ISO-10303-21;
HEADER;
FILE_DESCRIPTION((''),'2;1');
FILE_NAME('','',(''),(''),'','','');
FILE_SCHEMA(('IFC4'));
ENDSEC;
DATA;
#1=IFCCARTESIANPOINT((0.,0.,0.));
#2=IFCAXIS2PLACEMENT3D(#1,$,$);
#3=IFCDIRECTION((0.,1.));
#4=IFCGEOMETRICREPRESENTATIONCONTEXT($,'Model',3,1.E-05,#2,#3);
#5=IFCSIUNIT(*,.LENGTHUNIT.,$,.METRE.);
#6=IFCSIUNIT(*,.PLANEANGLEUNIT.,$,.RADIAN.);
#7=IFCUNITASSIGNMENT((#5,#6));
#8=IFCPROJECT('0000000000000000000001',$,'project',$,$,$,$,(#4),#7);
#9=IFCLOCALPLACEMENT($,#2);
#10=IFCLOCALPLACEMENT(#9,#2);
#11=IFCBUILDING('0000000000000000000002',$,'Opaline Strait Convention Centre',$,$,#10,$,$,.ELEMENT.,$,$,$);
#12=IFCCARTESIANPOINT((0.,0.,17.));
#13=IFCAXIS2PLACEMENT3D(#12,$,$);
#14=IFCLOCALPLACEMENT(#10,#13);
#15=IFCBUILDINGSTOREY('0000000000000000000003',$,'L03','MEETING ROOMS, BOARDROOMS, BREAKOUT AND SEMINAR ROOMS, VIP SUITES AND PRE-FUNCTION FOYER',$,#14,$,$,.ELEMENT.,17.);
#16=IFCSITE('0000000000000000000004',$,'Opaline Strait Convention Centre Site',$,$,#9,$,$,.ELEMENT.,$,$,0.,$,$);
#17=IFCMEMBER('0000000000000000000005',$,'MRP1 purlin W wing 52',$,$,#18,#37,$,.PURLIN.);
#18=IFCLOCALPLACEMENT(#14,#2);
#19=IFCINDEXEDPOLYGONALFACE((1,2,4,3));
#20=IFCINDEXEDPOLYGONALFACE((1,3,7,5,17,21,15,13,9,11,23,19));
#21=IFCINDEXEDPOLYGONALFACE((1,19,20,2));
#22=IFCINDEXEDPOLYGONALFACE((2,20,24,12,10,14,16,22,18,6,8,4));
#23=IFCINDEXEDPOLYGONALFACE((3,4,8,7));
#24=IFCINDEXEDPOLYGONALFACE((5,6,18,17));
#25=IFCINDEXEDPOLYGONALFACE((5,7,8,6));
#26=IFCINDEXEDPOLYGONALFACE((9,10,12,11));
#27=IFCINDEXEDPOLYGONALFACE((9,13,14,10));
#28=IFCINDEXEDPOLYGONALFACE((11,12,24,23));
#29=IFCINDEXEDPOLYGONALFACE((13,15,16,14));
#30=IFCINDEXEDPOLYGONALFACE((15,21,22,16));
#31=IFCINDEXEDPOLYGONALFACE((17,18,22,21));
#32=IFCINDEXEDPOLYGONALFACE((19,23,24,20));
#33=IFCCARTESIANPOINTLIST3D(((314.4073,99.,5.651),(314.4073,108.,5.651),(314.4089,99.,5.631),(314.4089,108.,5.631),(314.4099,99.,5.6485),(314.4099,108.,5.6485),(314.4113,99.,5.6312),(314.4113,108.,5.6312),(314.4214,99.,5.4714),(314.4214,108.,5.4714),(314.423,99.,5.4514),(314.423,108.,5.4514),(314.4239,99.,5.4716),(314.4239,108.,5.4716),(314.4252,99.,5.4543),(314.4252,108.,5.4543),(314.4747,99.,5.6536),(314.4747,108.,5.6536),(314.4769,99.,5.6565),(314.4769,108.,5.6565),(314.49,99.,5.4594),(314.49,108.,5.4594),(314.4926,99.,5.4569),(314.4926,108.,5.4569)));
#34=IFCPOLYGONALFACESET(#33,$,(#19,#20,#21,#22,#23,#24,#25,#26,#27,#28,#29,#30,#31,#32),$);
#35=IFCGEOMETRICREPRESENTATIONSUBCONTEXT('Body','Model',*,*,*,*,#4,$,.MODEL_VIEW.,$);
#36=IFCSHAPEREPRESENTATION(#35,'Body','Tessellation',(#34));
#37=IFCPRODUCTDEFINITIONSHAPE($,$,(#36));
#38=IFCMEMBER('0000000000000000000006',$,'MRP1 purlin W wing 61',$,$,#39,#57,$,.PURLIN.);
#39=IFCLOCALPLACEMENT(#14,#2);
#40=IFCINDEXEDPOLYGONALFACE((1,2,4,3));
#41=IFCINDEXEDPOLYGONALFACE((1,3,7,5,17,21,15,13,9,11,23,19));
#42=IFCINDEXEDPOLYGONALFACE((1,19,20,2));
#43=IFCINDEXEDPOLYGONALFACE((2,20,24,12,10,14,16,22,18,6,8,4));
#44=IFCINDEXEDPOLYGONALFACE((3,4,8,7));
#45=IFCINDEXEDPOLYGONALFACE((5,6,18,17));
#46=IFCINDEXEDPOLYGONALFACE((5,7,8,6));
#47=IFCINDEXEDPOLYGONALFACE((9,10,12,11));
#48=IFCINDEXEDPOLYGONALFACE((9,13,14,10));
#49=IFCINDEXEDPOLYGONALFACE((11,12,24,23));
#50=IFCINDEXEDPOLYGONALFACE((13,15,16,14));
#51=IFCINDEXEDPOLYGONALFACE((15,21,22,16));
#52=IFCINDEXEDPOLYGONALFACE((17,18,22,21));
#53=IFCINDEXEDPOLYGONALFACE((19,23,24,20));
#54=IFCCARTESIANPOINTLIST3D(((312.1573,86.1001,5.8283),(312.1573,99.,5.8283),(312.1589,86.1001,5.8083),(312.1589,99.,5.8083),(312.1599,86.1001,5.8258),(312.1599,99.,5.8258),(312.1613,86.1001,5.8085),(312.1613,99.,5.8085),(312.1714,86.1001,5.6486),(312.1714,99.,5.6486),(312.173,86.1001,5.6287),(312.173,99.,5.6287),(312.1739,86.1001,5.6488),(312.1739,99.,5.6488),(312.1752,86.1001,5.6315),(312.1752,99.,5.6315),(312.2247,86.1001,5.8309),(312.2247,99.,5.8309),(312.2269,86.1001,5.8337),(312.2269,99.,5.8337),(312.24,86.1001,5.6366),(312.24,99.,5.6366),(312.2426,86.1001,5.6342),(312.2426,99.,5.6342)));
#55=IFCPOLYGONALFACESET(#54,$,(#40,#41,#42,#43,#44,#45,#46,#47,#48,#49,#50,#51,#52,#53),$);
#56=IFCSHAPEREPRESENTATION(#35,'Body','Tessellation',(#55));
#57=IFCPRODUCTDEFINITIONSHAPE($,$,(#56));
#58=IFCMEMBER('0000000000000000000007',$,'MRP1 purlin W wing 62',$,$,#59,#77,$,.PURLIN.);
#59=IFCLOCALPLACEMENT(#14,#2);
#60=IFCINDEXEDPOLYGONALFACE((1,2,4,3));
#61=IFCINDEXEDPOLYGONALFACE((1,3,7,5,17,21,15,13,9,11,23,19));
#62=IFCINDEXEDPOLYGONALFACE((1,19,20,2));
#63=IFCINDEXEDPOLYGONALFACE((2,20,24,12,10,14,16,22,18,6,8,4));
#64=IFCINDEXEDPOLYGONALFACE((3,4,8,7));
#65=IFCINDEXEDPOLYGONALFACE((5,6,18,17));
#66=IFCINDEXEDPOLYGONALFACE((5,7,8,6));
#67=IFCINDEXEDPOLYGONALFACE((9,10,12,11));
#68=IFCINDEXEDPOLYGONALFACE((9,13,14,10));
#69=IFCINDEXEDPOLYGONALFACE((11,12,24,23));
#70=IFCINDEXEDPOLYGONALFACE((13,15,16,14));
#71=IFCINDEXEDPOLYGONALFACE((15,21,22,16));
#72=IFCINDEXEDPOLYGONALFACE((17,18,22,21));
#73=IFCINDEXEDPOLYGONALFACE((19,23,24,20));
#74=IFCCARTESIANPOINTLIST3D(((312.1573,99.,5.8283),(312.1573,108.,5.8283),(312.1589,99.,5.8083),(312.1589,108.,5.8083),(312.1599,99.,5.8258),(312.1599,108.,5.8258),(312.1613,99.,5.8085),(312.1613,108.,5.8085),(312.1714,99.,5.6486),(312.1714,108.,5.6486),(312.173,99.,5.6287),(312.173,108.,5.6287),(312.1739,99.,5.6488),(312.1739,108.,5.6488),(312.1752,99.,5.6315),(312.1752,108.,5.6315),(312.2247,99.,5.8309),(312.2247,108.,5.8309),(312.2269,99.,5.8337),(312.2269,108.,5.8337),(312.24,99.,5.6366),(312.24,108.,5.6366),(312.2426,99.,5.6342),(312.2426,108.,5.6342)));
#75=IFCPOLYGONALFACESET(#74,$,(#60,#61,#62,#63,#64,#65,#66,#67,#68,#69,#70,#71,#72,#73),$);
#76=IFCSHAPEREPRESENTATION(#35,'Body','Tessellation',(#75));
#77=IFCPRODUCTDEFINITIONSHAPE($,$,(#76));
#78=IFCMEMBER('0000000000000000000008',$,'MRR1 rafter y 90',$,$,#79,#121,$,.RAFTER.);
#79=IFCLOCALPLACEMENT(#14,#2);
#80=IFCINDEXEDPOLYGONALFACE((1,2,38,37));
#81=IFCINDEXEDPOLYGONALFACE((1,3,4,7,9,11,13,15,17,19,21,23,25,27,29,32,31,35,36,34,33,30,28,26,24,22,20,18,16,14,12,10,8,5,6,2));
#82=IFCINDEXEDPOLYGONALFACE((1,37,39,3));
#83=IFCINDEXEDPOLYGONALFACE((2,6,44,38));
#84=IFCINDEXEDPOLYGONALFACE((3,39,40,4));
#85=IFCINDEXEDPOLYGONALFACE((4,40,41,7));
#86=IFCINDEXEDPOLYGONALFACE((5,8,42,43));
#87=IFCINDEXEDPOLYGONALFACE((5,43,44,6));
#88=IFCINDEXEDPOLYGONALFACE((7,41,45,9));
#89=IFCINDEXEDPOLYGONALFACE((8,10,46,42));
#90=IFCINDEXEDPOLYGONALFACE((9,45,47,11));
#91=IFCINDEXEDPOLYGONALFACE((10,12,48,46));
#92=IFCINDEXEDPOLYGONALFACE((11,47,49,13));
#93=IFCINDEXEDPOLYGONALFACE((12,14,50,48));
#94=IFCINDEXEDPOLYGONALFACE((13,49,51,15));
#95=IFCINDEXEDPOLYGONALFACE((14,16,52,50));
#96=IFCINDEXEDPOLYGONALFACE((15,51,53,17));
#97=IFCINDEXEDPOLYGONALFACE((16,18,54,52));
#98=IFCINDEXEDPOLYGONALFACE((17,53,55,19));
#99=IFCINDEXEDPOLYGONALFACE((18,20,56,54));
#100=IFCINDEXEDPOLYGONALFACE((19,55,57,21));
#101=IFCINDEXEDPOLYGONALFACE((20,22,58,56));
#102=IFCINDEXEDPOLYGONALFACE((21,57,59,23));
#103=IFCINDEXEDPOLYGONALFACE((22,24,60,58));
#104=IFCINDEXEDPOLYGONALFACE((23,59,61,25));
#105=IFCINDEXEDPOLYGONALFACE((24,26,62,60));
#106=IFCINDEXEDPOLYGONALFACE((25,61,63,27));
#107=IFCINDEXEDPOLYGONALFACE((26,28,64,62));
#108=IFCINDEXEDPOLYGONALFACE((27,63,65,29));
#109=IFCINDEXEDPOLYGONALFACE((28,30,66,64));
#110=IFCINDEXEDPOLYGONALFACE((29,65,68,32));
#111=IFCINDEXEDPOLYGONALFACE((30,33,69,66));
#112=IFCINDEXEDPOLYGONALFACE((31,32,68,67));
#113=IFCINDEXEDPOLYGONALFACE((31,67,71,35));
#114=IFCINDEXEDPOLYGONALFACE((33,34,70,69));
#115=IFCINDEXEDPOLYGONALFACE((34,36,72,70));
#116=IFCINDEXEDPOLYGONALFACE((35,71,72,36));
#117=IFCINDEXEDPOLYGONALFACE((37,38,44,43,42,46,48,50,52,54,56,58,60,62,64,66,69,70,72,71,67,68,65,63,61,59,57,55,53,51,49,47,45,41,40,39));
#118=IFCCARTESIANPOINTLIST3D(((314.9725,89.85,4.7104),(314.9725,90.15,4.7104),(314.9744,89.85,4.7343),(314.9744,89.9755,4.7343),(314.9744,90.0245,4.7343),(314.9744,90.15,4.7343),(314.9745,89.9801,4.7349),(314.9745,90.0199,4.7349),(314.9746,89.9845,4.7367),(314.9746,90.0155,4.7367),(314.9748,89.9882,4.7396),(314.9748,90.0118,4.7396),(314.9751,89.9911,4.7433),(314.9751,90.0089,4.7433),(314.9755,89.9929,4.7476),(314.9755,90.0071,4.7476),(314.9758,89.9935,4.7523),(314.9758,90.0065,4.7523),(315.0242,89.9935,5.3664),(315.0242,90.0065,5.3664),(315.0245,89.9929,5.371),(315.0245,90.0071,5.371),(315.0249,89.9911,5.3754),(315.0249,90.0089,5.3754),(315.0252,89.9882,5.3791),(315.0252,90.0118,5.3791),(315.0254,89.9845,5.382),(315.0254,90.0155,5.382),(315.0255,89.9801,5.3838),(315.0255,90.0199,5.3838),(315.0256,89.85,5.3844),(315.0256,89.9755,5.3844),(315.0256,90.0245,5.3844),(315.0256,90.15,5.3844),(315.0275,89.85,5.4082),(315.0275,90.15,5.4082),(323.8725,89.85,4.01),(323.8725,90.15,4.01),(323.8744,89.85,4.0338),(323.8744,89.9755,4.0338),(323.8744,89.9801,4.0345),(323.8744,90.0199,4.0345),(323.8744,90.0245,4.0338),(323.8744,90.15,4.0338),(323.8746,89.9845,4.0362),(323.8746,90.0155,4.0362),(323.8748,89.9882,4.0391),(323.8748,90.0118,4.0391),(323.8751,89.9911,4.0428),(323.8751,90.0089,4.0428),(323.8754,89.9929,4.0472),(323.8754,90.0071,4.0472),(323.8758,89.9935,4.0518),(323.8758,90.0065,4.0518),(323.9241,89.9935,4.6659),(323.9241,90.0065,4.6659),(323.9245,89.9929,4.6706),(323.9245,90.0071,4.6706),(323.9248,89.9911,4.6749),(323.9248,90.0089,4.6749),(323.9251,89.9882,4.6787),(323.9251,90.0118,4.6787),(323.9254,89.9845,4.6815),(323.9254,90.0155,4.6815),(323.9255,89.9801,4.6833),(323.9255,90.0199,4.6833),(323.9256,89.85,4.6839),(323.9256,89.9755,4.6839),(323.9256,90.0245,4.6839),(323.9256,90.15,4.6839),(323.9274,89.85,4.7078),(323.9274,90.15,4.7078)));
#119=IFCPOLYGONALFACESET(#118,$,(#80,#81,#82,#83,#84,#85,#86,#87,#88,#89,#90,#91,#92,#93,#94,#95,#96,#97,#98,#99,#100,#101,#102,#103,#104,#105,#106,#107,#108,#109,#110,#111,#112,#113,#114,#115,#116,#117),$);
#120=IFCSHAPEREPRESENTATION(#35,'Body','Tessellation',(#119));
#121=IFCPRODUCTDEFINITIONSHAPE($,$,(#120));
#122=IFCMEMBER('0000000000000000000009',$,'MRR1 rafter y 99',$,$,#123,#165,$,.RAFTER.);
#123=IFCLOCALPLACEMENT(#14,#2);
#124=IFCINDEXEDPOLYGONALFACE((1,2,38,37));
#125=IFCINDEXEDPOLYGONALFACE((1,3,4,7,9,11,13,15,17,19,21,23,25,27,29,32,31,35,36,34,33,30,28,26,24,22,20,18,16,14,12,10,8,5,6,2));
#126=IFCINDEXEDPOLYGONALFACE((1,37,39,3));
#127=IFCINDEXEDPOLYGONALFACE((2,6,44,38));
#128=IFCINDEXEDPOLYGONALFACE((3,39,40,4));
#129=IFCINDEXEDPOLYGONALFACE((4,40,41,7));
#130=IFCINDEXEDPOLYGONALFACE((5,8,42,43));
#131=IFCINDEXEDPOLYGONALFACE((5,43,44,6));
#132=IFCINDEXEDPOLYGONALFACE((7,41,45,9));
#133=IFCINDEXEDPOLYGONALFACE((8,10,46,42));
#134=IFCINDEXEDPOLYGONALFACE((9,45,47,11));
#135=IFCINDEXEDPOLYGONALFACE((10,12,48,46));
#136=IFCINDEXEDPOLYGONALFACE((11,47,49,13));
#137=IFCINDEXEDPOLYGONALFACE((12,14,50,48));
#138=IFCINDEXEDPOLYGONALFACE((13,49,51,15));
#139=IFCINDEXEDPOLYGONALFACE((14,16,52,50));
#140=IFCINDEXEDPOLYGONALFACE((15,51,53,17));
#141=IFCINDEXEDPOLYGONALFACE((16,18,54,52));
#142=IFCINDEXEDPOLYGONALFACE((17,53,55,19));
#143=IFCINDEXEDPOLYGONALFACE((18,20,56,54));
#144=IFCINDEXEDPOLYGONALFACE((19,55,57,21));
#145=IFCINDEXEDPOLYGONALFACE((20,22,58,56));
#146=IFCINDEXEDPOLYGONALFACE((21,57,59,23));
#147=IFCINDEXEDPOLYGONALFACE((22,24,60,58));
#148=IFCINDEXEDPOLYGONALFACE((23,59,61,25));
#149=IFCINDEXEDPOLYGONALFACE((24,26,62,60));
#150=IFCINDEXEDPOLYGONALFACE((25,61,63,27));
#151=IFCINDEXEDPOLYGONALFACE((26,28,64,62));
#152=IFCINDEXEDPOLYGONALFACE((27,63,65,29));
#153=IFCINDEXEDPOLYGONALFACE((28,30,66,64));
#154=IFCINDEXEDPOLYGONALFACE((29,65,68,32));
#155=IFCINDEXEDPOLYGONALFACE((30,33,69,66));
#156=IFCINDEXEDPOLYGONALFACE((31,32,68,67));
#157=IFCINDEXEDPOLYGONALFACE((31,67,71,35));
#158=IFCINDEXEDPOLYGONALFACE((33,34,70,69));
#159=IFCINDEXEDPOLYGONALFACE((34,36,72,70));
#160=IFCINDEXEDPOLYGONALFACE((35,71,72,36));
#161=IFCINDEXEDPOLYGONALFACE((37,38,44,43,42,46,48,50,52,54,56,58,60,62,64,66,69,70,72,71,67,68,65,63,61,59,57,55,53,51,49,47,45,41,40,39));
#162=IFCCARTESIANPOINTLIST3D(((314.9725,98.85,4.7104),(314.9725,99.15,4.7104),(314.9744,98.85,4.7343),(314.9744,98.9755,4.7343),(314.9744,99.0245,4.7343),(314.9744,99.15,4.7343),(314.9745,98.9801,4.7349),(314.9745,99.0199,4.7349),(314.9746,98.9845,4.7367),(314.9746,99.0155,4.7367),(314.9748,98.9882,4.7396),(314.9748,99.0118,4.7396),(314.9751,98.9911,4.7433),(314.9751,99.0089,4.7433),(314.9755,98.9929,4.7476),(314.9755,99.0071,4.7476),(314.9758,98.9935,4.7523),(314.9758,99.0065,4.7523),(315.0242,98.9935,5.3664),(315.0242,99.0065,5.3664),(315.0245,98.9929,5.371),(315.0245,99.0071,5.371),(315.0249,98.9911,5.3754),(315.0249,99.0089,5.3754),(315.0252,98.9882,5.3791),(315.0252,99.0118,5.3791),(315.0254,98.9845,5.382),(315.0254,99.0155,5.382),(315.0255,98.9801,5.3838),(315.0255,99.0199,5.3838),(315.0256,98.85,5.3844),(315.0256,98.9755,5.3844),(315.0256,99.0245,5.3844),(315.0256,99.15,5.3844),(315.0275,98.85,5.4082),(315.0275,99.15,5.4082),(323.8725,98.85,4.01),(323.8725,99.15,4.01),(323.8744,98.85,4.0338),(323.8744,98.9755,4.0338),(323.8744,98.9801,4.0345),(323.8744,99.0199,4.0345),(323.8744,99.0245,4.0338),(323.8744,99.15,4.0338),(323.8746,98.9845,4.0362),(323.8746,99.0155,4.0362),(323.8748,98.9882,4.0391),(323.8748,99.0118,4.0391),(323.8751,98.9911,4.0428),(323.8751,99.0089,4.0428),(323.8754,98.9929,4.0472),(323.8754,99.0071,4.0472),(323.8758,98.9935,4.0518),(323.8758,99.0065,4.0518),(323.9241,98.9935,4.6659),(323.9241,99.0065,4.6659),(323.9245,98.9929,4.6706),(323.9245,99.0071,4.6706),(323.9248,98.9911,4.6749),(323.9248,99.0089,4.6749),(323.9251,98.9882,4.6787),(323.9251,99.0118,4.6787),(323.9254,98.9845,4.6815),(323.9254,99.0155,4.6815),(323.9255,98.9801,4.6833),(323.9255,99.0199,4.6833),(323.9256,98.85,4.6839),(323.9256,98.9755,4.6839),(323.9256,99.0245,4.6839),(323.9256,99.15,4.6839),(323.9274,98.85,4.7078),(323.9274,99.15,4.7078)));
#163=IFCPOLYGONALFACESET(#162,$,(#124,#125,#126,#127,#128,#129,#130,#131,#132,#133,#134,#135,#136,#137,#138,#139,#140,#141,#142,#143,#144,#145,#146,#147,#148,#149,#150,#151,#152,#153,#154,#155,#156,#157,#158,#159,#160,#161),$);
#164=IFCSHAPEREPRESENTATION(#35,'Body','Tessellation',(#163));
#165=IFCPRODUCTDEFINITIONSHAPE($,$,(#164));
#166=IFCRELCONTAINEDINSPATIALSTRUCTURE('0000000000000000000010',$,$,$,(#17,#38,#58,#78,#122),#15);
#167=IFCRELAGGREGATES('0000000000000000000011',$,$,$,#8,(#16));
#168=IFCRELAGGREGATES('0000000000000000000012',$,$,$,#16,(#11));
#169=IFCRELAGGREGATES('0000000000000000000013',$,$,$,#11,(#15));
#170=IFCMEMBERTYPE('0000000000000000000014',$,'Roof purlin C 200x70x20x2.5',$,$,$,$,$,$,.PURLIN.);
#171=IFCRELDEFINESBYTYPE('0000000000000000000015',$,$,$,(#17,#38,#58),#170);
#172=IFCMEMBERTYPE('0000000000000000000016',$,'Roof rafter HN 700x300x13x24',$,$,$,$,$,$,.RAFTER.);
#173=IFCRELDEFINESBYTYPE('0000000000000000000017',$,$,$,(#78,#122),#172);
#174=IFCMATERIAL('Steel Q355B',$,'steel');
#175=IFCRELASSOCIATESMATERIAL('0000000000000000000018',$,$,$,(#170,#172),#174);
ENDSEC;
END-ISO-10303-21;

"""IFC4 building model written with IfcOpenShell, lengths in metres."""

from ifc_helpers import new_model, si_unit, direction, frame, origin, origin_2d, place, context, subcontext, project, spatial, polyline, i_section, outline, extrude, material, material_profile, profile_set, type_object, element, save


model = new_model("IFC4")

# Units and contexts
model_context = context("Model", 3, precision=1e-05, world=origin(), true_north=direction((0.0, 1.0)))
body_context = subcontext(model_context, "Body", "Model", "MODEL_VIEW")
ifc_project = project(units=[si_unit("LENGTHUNIT", "METRE"), si_unit("PLANEANGLEUNIT", "RADIAN")], contexts=[model_context])

# Site, building, storey
site_placement = place(None, origin())
site = spatial("IfcSite", under=ifc_project, at=site_placement, Name="Opaline Strait Convention Centre Site", CompositionType="ELEMENT", RefElevation=0.0)
building_placement = place(site_placement, origin())
building = spatial("IfcBuilding", under=site, at=building_placement, Name="Opaline Strait Convention Centre", CompositionType="ELEMENT")
storey_placement = place(building_placement, frame((0.0, 0.0, 17.0)))
storey = spatial("IfcBuildingStorey", under=building, at=storey_placement, Name="L03", Description="MEETING ROOMS, BOARDROOMS, BREAKOUT AND SEMINAR ROOMS, VIP SUITES AND PRE-FUNCTION FOYER", CompositionType="ELEMENT", Elevation=17.0)

# Shared definitions
ifc_material_1 = material(Name="Steel Q355B", Category="steel")

# Members
ifc_material_profile_1 = material_profile(ifc_material_1, outline(polyline([(-0.0349, -0.1001), (0.0349, -0.1001), (0.0349, -0.0801), (0.0325, -0.0801), (0.0325, -0.0974), (-0.0325, -0.0974), (-0.0325, 0.0974), (0.0325, 0.0974), (0.0325, 0.0801), (0.0349, 0.0801), (0.0349, 0.1001), (-0.0349, 0.1001), (-0.0349, -0.1001)])), Name="C 200x70x20x2.5")
ifc_profile_set_1 = profile_set([ifc_material_profile_1], Name="Steel Q355B")
member_type_1 = type_object("IfcMemberType", Name="Roof purlin C 200x70x20x2.5", PredefinedType="PURLIN", material=ifc_profile_set_1)
member_1_placement = place(storey_placement, frame((314.45, 99.0, 5.554), z_axis=(0.0, 1.0, 0.0), x_axis=(-0.996917, 0.0, -0.078459)))
element("IfcMember", 1, at=member_1_placement, inside=storey, type_object=member_type_1, Name="MRP1 purlin W wing 52", PredefinedType="PURLIN", context=body_context, shape_type="SweptSolid", body=[
    extrude(outline(polyline([(-0.0349, -0.1001), (0.0349, -0.1001), (0.0349, -0.0801), (0.0325, -0.0801), (0.0325, -0.0974), (-0.0325, -0.0974), (-0.0325, 0.0974), (0.0325, 0.0974), (0.0325, 0.0801), (0.0349, 0.0801), (0.0349, 0.1001), (-0.0349, 0.1001), (-0.0349, -0.1001)])), origin(), (0.0, 0.0, 1.0), 9.0),
])
member_2_placement = place(storey_placement, frame((312.2, 86.1001, 5.7312), z_axis=(0.0, 1.0, 0.0), x_axis=(-0.996917, 0.0, -0.078459)))
element("IfcMember", 2, at=member_2_placement, inside=storey, type_object=member_type_1, Name="MRP1 purlin W wing 61", PredefinedType="PURLIN", context=body_context, shape_type="SweptSolid", body=[
    extrude(outline(polyline([(-0.0349, -0.1001), (0.0349, -0.1001), (0.0349, -0.0801), (0.0325, -0.0801), (0.0325, -0.0974), (-0.0325, -0.0974), (-0.0325, 0.0974), (0.0325, 0.0974), (0.0325, 0.0801), (0.0349, 0.0801), (0.0349, 0.1001), (-0.0349, 0.1001), (-0.0349, -0.1001)])), origin(), (0.0, 0.0, 1.0), 12.8999),
])
member_3_placement = place(storey_placement, frame((312.2, 99.0, 5.7312), z_axis=(0.0, 1.0, 0.0), x_axis=(-0.996917, 0.0, -0.078459)))
element("IfcMember", 3, at=member_3_placement, inside=storey, type_object=member_type_1, Name="MRP1 purlin W wing 62", PredefinedType="PURLIN", context=body_context, shape_type="SweptSolid", body=[
    extrude(outline(polyline([(-0.0349, -0.1001), (0.0349, -0.1001), (0.0349, -0.0801), (0.0325, -0.0801), (0.0325, -0.0974), (-0.0325, -0.0974), (-0.0325, 0.0974), (0.0325, 0.0974), (0.0325, 0.0801), (0.0349, 0.0801), (0.0349, 0.1001), (-0.0349, 0.1001), (-0.0349, -0.1001)])), origin(), (0.0, 0.0, 1.0), 9.0),
])
ifc_material_profile_2 = material_profile(ifc_material_1, i_section(OverallWidth=0.3, OverallDepth=0.7, WebThickness=0.0129, FlangeThickness=0.0239, FilletRadius=0.0181, at=origin_2d()), Name="HN 700x300x13x24")
ifc_profile_set_2 = profile_set([ifc_material_profile_2], Name="Steel Q355B")
member_type_2 = type_object("IfcMemberType", Name="Roof rafter HN 700x300x13x24", PredefinedType="RAFTER", material=ifc_profile_set_2)
for number, where, z_axis, x_axis, name in (
    (4, (315.0, 90.0, 5.0593), (0.996917, 0.0, -0.078459), (0.0, 1.0, 0.0), "MRR1 rafter y 90"),
    (5, (315.0, 99.0, 5.0593), (0.996917, 0.0, -0.078459), (0.0, 1.0, 0.0), "MRR1 rafter y 99"),
):
    element("IfcMember", number, at=place(storey_placement, frame(where, z_axis=z_axis, x_axis=x_axis)), inside=storey, type_object=member_type_2, Name=name, PredefinedType="RAFTER", context=body_context, shape_type="SweptSolid", body=[
        extrude(i_section(OverallWidth=0.3, OverallDepth=0.7, WebThickness=0.0129, FlangeThickness=0.0239, FilletRadius=0.0181, at=origin_2d()), origin(), (0.0, 0.0, 1.0), 8.9275),
    ])

save(model, "model.ifc")
